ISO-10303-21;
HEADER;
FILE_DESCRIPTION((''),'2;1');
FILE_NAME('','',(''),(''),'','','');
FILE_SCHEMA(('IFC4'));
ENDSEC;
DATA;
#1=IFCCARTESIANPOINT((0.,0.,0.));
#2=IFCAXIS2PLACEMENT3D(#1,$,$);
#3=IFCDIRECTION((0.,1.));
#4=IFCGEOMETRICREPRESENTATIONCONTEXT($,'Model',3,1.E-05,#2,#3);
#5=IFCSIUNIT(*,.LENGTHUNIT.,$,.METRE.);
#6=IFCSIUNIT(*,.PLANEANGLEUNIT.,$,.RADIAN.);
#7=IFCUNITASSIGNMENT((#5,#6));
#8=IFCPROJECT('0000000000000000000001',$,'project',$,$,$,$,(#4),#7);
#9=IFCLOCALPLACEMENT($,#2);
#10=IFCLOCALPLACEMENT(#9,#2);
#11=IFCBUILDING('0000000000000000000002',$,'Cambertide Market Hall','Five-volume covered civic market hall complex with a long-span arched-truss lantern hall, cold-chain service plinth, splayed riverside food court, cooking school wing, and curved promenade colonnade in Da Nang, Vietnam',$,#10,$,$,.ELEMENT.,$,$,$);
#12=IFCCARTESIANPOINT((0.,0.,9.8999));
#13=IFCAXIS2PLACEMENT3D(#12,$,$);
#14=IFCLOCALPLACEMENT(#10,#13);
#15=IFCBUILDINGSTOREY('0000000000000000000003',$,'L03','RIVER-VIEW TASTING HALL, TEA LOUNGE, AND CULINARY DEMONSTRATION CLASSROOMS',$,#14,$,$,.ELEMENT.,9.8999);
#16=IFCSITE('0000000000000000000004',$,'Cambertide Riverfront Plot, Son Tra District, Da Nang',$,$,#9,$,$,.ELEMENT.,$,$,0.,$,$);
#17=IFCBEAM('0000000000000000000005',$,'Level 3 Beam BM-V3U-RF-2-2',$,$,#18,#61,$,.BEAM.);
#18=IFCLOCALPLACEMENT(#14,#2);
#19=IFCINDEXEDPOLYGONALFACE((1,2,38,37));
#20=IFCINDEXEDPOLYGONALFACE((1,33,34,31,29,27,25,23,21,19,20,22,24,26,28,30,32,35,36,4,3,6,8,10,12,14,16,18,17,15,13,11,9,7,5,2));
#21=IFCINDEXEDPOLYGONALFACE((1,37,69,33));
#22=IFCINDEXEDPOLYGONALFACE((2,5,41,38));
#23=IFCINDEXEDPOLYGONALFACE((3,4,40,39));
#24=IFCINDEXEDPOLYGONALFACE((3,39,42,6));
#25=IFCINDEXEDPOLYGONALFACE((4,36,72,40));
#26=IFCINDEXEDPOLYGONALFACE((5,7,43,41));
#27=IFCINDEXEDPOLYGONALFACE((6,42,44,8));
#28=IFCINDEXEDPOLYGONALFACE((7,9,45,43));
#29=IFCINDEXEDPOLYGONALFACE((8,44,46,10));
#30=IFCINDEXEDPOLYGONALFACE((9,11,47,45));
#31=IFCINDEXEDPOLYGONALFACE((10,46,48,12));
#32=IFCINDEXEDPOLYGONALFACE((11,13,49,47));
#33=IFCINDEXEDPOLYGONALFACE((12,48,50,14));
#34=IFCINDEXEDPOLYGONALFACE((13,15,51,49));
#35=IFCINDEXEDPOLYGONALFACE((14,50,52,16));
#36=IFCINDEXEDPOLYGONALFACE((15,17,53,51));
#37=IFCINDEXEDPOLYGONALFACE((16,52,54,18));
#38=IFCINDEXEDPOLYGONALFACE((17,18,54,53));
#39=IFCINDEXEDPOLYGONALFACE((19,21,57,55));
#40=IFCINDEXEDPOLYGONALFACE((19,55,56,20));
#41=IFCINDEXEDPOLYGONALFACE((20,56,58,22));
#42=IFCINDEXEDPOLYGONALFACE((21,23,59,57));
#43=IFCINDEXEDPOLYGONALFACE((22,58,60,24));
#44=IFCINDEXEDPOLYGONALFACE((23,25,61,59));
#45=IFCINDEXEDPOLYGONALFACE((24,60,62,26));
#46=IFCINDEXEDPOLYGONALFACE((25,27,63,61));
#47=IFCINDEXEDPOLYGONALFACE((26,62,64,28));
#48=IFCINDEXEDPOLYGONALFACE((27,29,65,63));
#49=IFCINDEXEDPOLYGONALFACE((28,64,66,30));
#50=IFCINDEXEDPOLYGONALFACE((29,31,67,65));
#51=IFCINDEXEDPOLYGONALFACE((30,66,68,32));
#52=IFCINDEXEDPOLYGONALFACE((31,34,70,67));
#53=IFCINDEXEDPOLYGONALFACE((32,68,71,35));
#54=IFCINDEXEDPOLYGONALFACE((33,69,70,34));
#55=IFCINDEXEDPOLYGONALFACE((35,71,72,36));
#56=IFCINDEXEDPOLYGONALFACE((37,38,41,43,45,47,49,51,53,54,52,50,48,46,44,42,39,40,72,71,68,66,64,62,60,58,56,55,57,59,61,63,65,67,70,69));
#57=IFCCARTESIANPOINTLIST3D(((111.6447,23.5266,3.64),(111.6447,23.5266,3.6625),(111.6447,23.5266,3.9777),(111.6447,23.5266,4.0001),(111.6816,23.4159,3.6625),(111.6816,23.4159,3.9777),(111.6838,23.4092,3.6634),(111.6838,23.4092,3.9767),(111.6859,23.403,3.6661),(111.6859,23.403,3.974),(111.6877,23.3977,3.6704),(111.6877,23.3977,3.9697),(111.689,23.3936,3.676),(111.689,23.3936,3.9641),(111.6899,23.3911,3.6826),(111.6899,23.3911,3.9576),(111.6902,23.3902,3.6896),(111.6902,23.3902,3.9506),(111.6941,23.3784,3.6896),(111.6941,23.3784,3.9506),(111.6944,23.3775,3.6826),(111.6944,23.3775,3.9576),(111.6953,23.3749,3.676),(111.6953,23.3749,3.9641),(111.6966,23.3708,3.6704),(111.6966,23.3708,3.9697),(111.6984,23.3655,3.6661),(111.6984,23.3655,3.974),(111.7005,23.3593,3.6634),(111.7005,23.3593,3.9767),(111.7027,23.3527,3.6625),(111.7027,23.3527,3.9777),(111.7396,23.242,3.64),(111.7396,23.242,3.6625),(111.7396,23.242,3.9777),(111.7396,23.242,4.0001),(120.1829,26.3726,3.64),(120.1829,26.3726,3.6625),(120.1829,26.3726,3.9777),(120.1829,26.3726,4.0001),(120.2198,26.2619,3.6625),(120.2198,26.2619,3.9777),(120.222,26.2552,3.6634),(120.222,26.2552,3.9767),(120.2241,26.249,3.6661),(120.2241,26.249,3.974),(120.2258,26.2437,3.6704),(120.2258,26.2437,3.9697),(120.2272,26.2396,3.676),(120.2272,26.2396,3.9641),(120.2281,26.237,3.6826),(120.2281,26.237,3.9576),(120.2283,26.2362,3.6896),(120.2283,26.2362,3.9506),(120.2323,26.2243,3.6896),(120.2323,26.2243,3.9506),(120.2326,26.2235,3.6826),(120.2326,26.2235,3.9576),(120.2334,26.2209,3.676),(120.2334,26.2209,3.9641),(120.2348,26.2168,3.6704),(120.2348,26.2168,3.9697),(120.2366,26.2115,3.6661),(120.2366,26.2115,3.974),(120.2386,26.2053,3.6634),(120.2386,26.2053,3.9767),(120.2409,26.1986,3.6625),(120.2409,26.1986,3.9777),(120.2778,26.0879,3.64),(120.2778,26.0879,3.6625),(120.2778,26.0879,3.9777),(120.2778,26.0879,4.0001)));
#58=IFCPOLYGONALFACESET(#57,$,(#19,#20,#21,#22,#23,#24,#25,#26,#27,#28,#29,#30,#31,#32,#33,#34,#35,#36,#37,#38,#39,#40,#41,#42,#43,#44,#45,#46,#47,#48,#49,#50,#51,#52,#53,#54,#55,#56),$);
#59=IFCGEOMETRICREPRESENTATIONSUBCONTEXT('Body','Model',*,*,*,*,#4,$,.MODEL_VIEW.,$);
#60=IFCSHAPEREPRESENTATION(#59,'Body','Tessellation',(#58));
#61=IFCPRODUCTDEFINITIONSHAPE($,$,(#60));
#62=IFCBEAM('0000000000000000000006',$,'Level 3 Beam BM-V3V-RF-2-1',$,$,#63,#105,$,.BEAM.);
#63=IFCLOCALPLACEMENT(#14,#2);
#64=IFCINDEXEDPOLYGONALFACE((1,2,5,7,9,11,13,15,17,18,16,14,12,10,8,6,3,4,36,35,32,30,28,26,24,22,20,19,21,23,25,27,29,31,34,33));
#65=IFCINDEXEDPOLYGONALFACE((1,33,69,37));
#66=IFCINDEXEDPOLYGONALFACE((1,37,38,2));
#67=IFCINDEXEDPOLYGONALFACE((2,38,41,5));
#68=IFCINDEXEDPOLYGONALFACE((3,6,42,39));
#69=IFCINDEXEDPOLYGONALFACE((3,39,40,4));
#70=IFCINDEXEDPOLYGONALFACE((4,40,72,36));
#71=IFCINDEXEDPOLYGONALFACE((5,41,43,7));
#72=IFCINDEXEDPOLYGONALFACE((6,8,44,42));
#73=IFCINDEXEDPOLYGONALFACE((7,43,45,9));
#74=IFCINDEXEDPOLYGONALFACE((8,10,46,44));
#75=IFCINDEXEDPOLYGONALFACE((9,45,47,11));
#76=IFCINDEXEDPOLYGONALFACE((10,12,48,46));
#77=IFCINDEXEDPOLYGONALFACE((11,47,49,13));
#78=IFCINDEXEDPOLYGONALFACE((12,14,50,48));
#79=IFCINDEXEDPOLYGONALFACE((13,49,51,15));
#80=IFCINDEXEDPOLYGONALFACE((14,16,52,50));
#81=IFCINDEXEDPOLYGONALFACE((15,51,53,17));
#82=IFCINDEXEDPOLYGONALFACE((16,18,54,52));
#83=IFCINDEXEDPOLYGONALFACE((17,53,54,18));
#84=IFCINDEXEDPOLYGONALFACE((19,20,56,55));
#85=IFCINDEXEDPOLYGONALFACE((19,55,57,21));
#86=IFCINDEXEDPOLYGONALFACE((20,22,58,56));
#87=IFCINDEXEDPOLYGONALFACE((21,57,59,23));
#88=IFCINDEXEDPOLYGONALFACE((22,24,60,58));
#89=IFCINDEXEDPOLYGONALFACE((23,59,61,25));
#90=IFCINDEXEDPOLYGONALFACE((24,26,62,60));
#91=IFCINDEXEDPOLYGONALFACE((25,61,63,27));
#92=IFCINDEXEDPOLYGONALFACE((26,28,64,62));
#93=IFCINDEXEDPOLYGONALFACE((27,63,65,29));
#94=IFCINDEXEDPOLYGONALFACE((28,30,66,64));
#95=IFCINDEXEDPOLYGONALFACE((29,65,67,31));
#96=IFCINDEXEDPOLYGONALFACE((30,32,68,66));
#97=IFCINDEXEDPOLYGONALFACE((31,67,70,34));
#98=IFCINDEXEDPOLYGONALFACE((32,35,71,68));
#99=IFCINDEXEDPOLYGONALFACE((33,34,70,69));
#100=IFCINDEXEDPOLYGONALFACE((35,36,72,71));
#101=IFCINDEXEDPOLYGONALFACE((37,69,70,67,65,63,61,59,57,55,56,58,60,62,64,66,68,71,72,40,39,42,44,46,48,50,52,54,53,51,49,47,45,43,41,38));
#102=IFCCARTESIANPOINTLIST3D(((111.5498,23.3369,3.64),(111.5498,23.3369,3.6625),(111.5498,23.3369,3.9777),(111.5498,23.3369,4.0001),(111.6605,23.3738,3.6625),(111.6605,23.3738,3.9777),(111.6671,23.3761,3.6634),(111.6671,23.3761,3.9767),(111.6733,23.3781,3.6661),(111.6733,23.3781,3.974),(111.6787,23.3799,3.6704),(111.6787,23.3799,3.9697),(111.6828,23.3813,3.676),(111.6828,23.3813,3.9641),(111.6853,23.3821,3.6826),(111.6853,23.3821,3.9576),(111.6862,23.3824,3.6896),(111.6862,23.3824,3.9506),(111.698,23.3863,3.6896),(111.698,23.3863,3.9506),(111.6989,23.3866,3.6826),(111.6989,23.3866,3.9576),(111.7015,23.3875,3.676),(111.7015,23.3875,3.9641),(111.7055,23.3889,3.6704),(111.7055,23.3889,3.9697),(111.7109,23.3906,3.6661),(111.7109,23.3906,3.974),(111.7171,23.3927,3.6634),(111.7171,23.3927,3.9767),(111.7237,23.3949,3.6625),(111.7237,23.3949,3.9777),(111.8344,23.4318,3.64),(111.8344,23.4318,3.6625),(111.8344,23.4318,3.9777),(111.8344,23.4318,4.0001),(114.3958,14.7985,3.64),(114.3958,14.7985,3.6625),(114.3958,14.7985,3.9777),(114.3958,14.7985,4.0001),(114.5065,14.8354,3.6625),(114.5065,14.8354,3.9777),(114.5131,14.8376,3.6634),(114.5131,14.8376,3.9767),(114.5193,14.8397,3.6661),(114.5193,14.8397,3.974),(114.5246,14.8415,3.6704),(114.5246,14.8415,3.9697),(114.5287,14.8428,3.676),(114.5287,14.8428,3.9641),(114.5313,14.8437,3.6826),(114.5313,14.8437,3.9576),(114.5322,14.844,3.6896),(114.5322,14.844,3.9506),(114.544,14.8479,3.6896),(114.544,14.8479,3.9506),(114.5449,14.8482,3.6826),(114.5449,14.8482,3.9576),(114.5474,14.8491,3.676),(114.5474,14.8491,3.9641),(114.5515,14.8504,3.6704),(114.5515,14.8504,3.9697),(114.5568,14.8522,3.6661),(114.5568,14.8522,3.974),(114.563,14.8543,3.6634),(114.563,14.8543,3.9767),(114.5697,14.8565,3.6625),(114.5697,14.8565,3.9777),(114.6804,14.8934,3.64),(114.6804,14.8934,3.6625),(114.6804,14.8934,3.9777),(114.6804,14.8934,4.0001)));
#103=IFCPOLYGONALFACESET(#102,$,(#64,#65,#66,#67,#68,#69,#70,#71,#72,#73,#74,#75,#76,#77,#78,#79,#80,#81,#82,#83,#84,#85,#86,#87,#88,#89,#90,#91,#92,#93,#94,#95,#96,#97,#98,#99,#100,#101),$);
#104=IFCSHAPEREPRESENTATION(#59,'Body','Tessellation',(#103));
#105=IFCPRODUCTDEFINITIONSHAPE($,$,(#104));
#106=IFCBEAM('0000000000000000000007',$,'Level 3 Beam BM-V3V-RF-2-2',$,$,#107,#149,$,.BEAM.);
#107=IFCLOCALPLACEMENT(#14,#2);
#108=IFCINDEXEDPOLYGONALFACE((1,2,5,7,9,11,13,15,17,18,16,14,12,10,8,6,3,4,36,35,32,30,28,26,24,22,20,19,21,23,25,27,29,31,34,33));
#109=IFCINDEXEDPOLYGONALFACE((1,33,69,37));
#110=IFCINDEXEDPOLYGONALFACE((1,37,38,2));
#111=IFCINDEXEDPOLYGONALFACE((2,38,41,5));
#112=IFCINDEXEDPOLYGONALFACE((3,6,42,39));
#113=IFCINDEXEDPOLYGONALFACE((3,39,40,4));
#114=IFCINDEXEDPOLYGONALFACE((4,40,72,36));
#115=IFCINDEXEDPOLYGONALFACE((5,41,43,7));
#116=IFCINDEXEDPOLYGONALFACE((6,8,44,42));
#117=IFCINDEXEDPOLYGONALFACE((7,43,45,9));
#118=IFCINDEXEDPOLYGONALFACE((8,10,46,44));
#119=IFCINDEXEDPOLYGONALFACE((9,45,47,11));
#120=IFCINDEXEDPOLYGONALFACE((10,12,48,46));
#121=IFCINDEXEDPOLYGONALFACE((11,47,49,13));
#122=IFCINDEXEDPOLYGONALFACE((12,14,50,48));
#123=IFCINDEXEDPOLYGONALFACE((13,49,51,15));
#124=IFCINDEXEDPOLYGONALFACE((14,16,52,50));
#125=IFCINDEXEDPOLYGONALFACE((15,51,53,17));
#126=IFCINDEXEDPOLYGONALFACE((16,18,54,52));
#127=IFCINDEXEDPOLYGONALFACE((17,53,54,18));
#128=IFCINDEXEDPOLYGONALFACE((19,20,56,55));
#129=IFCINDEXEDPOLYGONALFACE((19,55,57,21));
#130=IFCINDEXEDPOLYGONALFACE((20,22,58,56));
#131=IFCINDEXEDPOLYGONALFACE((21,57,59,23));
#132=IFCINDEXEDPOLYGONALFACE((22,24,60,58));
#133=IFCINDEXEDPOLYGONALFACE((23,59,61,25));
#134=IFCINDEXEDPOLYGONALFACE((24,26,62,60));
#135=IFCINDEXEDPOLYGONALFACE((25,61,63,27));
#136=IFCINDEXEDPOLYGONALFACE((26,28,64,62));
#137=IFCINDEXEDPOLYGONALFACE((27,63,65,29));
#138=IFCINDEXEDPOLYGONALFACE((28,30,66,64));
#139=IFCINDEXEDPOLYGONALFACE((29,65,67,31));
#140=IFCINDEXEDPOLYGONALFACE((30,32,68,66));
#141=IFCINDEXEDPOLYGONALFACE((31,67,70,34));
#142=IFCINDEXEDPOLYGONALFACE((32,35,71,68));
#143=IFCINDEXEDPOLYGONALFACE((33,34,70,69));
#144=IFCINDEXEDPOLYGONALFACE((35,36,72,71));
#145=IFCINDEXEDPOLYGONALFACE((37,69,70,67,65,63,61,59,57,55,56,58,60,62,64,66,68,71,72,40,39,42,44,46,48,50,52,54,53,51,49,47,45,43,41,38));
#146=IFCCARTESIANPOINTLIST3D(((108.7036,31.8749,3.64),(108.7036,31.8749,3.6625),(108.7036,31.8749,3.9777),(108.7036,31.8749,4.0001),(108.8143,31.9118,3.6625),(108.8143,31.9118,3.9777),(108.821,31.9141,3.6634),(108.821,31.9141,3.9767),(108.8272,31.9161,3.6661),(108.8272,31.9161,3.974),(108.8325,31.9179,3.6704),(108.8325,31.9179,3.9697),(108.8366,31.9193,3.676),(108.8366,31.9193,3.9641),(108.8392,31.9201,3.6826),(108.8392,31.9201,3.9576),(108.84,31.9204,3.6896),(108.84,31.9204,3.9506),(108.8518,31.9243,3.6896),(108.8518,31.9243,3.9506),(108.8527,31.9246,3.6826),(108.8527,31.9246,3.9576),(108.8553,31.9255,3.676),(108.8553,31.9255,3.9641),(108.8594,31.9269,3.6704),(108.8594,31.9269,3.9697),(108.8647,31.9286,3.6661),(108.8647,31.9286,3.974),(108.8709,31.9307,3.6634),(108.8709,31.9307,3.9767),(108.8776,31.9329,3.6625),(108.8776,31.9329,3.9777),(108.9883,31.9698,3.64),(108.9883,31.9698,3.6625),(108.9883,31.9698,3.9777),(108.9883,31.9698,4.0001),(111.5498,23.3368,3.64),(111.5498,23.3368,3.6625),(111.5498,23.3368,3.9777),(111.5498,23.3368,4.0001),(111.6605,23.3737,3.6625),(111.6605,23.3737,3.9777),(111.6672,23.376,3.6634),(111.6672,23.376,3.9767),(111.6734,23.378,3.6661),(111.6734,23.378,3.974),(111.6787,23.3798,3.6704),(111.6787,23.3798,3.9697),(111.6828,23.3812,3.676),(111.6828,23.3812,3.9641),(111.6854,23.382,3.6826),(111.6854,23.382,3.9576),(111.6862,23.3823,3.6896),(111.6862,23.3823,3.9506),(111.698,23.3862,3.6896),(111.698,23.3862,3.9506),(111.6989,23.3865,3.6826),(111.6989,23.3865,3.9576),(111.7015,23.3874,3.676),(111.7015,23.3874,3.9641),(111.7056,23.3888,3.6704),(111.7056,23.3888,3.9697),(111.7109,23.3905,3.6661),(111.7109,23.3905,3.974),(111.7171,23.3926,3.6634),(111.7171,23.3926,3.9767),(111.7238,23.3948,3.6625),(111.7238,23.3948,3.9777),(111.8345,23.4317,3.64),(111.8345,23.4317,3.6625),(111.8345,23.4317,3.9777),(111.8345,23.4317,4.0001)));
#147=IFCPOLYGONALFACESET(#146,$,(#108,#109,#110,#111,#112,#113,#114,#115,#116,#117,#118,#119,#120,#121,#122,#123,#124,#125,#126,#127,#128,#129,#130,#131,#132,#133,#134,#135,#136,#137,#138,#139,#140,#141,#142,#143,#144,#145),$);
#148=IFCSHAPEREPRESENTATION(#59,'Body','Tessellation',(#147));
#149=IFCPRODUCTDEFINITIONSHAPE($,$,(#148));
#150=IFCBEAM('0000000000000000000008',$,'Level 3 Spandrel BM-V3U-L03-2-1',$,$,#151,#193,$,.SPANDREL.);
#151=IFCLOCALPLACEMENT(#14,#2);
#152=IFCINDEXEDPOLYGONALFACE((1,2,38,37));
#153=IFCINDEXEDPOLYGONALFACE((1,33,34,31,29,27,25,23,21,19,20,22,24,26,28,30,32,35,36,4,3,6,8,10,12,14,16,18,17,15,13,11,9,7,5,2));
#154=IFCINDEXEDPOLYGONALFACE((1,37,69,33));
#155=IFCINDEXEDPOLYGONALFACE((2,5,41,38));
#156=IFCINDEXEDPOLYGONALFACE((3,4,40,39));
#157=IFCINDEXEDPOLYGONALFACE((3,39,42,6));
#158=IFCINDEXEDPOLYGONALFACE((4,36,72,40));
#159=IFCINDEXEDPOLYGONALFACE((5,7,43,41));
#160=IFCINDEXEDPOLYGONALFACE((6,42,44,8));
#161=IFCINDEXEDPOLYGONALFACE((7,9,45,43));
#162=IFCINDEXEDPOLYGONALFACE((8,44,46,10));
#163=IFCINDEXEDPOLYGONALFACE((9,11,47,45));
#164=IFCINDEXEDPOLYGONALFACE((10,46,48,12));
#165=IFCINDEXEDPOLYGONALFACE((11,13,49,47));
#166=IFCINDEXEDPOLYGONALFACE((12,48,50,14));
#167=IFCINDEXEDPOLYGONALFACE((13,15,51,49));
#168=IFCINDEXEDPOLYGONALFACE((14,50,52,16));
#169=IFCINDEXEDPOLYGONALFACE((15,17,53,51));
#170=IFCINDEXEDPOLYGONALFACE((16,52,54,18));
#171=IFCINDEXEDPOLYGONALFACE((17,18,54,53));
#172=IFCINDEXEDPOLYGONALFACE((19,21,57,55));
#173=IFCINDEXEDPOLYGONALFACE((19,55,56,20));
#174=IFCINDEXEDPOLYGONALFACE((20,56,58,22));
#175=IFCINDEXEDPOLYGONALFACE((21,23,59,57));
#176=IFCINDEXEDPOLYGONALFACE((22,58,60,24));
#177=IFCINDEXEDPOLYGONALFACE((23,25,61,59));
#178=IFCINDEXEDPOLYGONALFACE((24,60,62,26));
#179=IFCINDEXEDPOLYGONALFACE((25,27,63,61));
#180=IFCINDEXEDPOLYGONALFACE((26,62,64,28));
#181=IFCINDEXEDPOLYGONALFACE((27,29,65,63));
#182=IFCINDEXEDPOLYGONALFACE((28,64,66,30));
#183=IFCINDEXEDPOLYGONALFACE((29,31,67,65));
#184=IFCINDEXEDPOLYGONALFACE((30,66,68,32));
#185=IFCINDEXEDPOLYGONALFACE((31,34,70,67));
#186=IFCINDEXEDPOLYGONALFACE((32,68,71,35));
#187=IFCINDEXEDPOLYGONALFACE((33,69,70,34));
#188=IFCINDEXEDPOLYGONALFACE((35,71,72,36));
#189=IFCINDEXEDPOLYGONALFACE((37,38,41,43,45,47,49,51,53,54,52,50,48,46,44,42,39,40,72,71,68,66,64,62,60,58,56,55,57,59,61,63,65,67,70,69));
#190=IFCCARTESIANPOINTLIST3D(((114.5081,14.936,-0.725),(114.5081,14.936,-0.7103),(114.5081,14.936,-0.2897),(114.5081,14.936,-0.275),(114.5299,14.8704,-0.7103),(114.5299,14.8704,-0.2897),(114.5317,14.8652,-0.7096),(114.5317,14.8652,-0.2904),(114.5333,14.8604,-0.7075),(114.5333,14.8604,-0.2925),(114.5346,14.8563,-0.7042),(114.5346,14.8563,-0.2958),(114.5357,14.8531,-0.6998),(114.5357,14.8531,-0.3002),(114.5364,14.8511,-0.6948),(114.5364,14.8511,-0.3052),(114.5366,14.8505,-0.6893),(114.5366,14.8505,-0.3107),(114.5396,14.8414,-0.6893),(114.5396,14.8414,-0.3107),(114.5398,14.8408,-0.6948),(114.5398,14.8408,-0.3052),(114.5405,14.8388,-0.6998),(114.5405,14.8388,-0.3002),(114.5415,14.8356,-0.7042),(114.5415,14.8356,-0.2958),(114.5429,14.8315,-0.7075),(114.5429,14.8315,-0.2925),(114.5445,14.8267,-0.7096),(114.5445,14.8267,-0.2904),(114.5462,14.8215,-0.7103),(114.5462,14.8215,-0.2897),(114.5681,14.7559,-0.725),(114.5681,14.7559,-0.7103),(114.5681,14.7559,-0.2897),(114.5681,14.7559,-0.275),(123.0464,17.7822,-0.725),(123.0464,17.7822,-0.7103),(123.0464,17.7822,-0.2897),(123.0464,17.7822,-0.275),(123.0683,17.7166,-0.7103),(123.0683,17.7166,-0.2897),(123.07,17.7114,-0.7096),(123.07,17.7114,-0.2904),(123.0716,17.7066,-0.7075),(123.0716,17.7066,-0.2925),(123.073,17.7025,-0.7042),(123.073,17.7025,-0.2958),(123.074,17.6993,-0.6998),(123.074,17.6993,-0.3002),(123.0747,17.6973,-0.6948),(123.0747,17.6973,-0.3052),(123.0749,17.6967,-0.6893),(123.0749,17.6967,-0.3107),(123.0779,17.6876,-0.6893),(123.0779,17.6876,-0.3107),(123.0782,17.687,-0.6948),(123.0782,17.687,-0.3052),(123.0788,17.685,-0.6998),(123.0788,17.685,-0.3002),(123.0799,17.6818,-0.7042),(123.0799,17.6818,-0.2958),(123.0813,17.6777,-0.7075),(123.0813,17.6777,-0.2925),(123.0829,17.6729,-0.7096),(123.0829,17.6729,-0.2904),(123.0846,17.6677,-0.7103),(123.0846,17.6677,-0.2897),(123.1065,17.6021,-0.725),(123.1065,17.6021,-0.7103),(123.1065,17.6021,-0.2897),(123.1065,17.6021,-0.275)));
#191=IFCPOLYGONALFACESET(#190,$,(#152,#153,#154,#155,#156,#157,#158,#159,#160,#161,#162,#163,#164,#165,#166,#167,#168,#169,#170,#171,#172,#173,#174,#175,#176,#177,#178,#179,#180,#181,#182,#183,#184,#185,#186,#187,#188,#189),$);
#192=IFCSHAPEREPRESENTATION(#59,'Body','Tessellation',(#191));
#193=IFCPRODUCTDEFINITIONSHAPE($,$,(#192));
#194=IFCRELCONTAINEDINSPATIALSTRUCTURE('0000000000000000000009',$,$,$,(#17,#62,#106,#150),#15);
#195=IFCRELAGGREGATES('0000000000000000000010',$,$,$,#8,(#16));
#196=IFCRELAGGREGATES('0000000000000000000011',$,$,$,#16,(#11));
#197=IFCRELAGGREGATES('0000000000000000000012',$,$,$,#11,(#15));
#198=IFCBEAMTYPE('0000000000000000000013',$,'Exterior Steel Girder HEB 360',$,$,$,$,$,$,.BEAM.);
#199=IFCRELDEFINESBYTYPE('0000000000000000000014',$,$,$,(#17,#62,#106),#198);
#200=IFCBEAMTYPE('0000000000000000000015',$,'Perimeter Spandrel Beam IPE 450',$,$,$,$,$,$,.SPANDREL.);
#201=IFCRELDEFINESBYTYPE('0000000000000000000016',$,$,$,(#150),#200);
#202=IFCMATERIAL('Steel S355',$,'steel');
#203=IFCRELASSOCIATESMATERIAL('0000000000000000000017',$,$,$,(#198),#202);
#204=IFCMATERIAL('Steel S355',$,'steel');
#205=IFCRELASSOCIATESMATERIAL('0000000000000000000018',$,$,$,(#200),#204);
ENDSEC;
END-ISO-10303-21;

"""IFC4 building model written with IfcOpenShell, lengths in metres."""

from ifc_helpers import new_model, si_unit, direction, frame, origin, origin_2d, place, context, subcontext, project, spatial, i_section, extrude, material, material_profile, profile_set, type_object, element, save


model = new_model("IFC4")

# Units and contexts
model_context = context("Model", 3, precision=1e-05, world=origin(), true_north=direction((0.0, 1.0)))
body_context = subcontext(model_context, "Body", "Model", "MODEL_VIEW")
ifc_project = project(units=[si_unit("LENGTHUNIT", "METRE"), si_unit("PLANEANGLEUNIT", "RADIAN")], contexts=[model_context])

# Site, building, storey
site_placement = place(None, origin())
site = spatial("IfcSite", under=ifc_project, at=site_placement, Name="Cambertide Riverfront Plot, Son Tra District, Da Nang", CompositionType="ELEMENT", RefElevation=0.0)
building_placement = place(site_placement, origin())
building = spatial("IfcBuilding", under=site, at=building_placement, Name="Cambertide Market Hall", Description="Five-volume covered civic market hall complex with a long-span arched-truss lantern hall, cold-chain service plinth, splayed riverside food court, cooking school wing, and curved promenade colonnade in Da Nang, Vietnam", CompositionType="ELEMENT")
storey_placement = place(building_placement, frame((0.0, 0.0, 9.8999)))
storey = spatial("IfcBuildingStorey", under=building, at=storey_placement, Name="L03", Description="RIVER-VIEW TASTING HALL, TEA LOUNGE, AND CULINARY DEMONSTRATION CLASSROOMS", CompositionType="ELEMENT", Elevation=9.8999)

# Beams
ifc_material_1 = material(Name="Steel S355", Category="steel")
ifc_material_profile_1 = material_profile(ifc_material_1, i_section(OverallWidth=0.3, OverallDepth=0.3601, WebThickness=0.0125, FlangeThickness=0.0225, FilletRadius=0.0271, at=origin_2d()), Name="HEB 360")
ifc_profile_set_1 = profile_set([ifc_material_profile_1], Name="Steel S355")
beam_type_1 = type_object("IfcBeamType", Name="Exterior Steel Girder HEB 360", PredefinedType="BEAM", material=ifc_profile_set_1)
beam_1_placement = place(storey_placement, frame((111.6921, 23.3843, 3.8201), z_axis=(0.948686, 0.31622, 0.0), x_axis=(-0.31622, 0.948686, 0.0)))
element("IfcBeam", 1, at=beam_1_placement, inside=storey, type_object=beam_type_1, Name="Level 3 Beam BM-V3U-RF-2-2", PredefinedType="BEAM", context=body_context, shape_type="SweptSolid", body=[
    extrude(i_section(OverallWidth=0.3, OverallDepth=0.3601, WebThickness=0.0125, FlangeThickness=0.0225, FilletRadius=0.0271, at=origin_2d()), origin(), (0.0, 0.0, 1.0), 9.0),
])
beam_2_placement = place(storey_placement, frame((114.5381, 14.8459, 3.8201), z_axis=(-0.316211, 0.948689, 0.0), x_axis=(-0.948689, -0.316211, 0.0)))
element("IfcBeam", 2, at=beam_2_placement, inside=storey, type_object=beam_type_1, Name="Level 3 Beam BM-V3V-RF-2-1", PredefinedType="BEAM", context=body_context, shape_type="SweptSolid", body=[
    extrude(i_section(OverallWidth=0.3, OverallDepth=0.3601, WebThickness=0.0125, FlangeThickness=0.0225, FilletRadius=0.0271, at=origin_2d()), origin(), (0.0, 0.0, 1.0), 9.0002),
])
beam_3_placement = place(storey_placement, frame((111.6921, 23.3843, 3.8201), z_axis=(-0.316244, 0.948678, 0.0), x_axis=(-0.948678, -0.316244, 0.0)))
element("IfcBeam", 3, at=beam_3_placement, inside=storey, type_object=beam_type_1, Name="Level 3 Beam BM-V3V-RF-2-2", PredefinedType="BEAM", context=body_context, shape_type="SweptSolid", body=[
    extrude(i_section(OverallWidth=0.3, OverallDepth=0.3601, WebThickness=0.0125, FlangeThickness=0.0225, FilletRadius=0.0271, at=origin_2d()), origin(), (0.0, 0.0, 1.0), 9.0),
])
ifc_material_2 = material(Name="Steel S355", Category="steel")
ifc_material_profile_2 = material_profile(ifc_material_2, i_section(OverallWidth=0.1899, OverallDepth=0.45, WebThickness=0.0095, FlangeThickness=0.0146, FilletRadius=0.021, at=origin_2d()), Name="IPE 450")
ifc_profile_set_2 = profile_set([ifc_material_profile_2], Name="Steel S355")
beam_type_2 = type_object("IfcBeamType", Name="Perimeter Spandrel Beam IPE 450", PredefinedType="SPANDREL", material=ifc_profile_set_2)
beam_4_placement = place(storey_placement, frame((114.5381, 14.8459, -0.5), z_axis=(0.948681, 0.316236, 0.0), x_axis=(-0.316236, 0.948681, 0.0)))
element("IfcBeam", 4, at=beam_4_placement, inside=storey, type_object=beam_type_2, Name="Level 3 Spandrel BM-V3U-L03-2-1", PredefinedType="SPANDREL", context=body_context, shape_type="SweptSolid", body=[
    extrude(i_section(OverallWidth=0.1899, OverallDepth=0.45, WebThickness=0.0095, FlangeThickness=0.0146, FilletRadius=0.021, at=origin_2d()), origin(), (0.0, 0.0, 1.0), 9.0002),
])

save(model, "model.ifc")
